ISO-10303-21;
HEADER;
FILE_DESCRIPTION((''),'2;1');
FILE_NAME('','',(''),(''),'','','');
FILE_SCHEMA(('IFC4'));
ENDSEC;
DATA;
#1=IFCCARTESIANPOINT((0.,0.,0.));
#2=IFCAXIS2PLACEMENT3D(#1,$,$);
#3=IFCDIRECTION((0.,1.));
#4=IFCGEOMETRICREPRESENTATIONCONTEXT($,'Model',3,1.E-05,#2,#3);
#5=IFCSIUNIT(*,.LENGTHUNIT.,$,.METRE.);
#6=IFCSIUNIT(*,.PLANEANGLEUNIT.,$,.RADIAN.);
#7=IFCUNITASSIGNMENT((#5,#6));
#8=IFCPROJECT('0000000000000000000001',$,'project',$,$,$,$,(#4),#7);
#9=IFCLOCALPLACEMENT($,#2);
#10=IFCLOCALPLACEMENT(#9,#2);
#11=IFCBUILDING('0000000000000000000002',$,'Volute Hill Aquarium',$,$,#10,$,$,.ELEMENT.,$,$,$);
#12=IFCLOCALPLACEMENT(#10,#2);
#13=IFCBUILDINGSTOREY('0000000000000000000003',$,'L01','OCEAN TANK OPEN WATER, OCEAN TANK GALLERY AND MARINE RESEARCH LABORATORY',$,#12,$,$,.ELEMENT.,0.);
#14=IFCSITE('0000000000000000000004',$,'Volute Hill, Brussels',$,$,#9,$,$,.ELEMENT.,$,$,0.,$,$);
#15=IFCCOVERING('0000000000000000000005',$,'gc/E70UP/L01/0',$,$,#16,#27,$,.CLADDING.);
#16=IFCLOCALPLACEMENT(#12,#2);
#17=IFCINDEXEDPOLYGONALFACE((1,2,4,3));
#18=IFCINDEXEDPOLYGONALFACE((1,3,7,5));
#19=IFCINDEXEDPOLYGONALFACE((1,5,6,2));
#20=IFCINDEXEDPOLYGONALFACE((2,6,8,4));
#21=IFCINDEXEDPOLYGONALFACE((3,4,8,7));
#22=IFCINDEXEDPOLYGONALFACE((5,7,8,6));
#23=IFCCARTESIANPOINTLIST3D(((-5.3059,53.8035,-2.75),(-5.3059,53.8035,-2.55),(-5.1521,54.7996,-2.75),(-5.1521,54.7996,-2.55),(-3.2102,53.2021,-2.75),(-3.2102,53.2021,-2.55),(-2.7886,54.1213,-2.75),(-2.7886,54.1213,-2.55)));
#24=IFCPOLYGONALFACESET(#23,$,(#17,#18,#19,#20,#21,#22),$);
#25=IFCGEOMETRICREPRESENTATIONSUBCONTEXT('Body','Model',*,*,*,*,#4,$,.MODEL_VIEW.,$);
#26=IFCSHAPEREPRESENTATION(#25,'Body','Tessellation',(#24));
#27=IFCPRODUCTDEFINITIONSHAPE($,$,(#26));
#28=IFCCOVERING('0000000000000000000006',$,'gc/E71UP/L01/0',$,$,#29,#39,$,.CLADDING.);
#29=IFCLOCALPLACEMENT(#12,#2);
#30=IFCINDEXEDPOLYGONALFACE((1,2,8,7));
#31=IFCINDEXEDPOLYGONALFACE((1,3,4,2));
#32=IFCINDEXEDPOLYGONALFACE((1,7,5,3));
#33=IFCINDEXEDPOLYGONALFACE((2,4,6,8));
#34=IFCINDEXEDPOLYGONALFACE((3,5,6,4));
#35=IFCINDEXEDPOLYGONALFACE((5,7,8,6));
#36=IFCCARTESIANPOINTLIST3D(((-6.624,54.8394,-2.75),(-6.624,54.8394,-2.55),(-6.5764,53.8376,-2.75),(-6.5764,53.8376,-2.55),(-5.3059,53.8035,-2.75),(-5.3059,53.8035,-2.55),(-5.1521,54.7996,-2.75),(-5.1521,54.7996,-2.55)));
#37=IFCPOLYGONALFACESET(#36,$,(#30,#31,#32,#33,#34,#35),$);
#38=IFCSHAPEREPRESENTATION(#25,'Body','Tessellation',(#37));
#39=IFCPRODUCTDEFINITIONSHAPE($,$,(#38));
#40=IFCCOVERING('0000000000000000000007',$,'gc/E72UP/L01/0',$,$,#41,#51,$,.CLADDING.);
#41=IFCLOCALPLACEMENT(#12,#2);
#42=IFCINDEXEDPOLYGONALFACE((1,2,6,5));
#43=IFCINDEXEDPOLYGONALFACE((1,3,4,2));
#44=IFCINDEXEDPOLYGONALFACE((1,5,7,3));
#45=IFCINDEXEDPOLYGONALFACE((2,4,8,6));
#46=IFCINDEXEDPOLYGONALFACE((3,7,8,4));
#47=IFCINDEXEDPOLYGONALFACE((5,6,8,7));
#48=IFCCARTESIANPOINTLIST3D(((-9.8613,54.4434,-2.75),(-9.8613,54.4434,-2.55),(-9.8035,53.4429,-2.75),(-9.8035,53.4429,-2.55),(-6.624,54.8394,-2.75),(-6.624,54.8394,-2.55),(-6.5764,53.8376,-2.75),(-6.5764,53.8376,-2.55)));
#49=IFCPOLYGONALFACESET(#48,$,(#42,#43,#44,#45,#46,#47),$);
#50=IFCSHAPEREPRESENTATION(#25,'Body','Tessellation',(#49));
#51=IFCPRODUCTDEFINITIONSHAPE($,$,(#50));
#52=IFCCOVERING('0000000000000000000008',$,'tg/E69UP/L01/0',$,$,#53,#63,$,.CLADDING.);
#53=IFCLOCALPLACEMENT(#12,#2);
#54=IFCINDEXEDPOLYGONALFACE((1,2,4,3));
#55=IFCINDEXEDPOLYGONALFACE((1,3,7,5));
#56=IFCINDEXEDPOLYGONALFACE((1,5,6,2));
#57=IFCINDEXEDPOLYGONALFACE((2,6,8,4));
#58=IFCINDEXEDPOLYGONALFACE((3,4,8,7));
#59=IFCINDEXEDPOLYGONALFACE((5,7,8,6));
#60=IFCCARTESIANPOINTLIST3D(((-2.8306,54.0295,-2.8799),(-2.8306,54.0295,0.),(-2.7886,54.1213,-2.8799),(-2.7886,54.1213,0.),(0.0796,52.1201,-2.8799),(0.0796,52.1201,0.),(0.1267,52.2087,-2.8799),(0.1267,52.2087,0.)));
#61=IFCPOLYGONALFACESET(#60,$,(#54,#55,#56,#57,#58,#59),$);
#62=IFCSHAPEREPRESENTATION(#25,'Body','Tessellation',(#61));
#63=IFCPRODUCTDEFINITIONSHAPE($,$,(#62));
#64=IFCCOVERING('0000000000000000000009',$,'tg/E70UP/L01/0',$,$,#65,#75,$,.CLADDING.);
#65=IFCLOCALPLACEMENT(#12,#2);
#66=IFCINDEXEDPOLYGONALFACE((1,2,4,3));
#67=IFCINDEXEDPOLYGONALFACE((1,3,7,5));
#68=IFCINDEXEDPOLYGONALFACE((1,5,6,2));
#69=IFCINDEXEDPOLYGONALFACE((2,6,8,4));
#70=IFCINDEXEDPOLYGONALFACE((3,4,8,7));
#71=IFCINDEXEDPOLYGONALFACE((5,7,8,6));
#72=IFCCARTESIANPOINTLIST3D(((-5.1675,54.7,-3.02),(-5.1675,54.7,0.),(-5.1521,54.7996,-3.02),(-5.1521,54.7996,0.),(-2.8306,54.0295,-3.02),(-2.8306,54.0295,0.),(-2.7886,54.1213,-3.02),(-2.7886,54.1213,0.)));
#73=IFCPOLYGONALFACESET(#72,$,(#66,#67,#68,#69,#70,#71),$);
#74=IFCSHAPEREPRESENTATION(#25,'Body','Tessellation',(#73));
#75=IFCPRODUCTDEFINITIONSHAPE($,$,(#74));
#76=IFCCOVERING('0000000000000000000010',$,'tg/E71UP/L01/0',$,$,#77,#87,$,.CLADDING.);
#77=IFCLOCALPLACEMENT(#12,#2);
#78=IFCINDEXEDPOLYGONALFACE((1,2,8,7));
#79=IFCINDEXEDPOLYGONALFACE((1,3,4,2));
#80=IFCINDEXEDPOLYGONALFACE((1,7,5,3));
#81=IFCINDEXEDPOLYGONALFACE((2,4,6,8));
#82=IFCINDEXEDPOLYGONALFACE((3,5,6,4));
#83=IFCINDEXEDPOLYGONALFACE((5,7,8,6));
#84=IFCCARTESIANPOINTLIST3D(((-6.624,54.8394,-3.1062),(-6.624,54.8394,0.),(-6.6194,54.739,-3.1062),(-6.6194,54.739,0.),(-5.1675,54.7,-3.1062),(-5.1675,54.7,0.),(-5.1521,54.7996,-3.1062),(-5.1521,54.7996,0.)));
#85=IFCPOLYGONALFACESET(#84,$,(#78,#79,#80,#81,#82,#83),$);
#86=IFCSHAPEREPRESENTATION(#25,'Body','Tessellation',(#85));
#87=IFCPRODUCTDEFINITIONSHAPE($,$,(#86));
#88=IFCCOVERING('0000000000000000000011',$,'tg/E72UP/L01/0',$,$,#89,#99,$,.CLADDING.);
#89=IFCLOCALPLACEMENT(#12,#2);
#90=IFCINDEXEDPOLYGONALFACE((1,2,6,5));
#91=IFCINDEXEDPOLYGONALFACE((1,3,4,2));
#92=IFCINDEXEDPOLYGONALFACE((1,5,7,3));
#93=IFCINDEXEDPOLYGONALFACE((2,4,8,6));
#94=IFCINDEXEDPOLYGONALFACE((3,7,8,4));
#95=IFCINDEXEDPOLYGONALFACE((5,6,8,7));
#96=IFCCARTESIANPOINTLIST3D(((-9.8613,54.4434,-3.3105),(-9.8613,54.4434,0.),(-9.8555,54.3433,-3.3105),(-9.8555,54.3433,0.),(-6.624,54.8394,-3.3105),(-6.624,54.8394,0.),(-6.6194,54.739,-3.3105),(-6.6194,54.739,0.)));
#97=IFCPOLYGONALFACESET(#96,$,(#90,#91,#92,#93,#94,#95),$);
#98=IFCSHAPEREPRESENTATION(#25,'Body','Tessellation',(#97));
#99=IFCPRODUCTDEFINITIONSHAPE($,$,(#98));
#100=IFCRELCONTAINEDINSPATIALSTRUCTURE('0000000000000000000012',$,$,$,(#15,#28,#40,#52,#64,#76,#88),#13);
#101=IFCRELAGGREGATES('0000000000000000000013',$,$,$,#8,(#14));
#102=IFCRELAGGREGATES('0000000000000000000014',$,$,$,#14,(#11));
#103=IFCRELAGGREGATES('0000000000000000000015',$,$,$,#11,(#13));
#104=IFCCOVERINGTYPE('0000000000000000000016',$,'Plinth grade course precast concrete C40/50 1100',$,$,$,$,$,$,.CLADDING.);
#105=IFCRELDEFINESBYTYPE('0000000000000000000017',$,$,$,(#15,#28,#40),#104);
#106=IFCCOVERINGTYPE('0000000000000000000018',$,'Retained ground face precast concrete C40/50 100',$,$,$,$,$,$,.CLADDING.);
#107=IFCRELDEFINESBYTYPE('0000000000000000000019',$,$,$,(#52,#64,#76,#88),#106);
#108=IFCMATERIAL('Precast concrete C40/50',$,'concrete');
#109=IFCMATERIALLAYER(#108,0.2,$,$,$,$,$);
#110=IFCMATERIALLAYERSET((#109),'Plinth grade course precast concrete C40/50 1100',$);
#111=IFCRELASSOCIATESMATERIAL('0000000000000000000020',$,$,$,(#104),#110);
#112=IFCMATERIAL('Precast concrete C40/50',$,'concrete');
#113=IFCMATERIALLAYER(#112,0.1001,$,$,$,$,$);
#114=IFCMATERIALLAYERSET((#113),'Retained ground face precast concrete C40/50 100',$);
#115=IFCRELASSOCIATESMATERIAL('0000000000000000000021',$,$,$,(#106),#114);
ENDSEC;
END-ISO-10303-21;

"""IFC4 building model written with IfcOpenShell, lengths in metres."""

from ifc_helpers import new_model, si_unit, direction, frame, origin, place, context, subcontext, project, spatial, polyline, outline, extrude, material, layer, layer_set, type_object, element, save


model = new_model("IFC4")

# Units and contexts
model_context = context("Model", 3, precision=1e-05, world=origin(), true_north=direction((0.0, 1.0)))
body_context = subcontext(model_context, "Body", "Model", "MODEL_VIEW")
ifc_project = project(units=[si_unit("LENGTHUNIT", "METRE"), si_unit("PLANEANGLEUNIT", "RADIAN")], contexts=[model_context])

# Site, building, storey
site_placement = place(None, origin())
site = spatial("IfcSite", under=ifc_project, at=site_placement, Name="Volute Hill, Brussels", CompositionType="ELEMENT", RefElevation=0.0)
building_placement = place(site_placement, origin())
building = spatial("IfcBuilding", under=site, at=building_placement, Name="Volute Hill Aquarium", CompositionType="ELEMENT")
storey_placement = place(building_placement, origin())
storey = spatial("IfcBuildingStorey", under=building, at=storey_placement, Name="L01", Description="OCEAN TANK OPEN WATER, OCEAN TANK GALLERY AND MARINE RESEARCH LABORATORY", CompositionType="ELEMENT", Elevation=0.0)

# Coverings
ifc_material_1 = material(Name="Precast concrete C40/50", Category="concrete")
ifc_layer_1 = layer(ifc_material_1, 0.2)
ifc_layer_set_1 = layer_set([ifc_layer_1], Name="Plinth grade course precast concrete C40/50 1100")
covering_type_1 = type_object("IfcCoveringType", Name="Plinth grade course precast concrete C40/50 1100", PredefinedType="CLADDING", material=ifc_layer_set_1)
covering_1_placement = place(storey_placement, frame((0.0, 0.0, -2.75)))
element("IfcCovering", 1, at=covering_1_placement, inside=storey, type_object=covering_type_1, Name="gc/E70UP/L01/0", PredefinedType="CLADDING", context=body_context, shape_type="SweptSolid", body=[
    extrude(outline(polyline([(-2.7886, 54.1213), (-5.1521, 54.7996), (-5.3059, 53.8035), (-5.3059, 53.8035), (-3.2102, 53.2021), (-3.2102, 53.2021), (-2.7886, 54.1213), (-2.7886, 54.1213)])), origin(), (0.0, 0.0, 1.0), 0.2),
])
covering_2_placement = place(storey_placement, frame((0.0, 0.0, -2.75)))
element("IfcCovering", 2, at=covering_2_placement, inside=storey, type_object=covering_type_1, Name="gc/E71UP/L01/0", PredefinedType="CLADDING", context=body_context, shape_type="SweptSolid", body=[
    extrude(outline(polyline([(-6.624, 54.8394), (-6.624, 54.8394), (-6.5764, 53.8376), (-5.3059, 53.8035), (-5.1521, 54.7996), (-5.1521, 54.7996), (-6.624, 54.8394)])), origin(), (0.0, 0.0, 1.0), 0.2),
])
covering_3_placement = place(storey_placement, frame((0.0, 0.0, -2.75)))
element("IfcCovering", 3, at=covering_3_placement, inside=storey, type_object=covering_type_1, Name="gc/E72UP/L01/0", PredefinedType="CLADDING", context=body_context, shape_type="SweptSolid", body=[
    extrude(outline(polyline([(-9.8613, 54.4434), (-9.8613, 54.4434), (-9.8035, 53.4429), (-6.5764, 53.8376), (-6.5764, 53.8376), (-6.624, 54.8394), (-9.8613, 54.4434)])), origin(), (0.0, 0.0, 1.0), 0.2),
])
ifc_material_2 = material(Name="Precast concrete C40/50", Category="concrete")
ifc_layer_2 = layer(ifc_material_2, 0.1001)
ifc_layer_set_2 = layer_set([ifc_layer_2], Name="Retained ground face precast concrete C40/50 100")
covering_type_2 = type_object("IfcCoveringType", Name="Retained ground face precast concrete C40/50 100", PredefinedType="CLADDING", material=ifc_layer_set_2)
covering_4_placement = place(storey_placement, frame((0.0, 0.0, -2.8799)))
element("IfcCovering", 4, at=covering_4_placement, inside=storey, type_object=covering_type_2, Name="tg/E69UP/L01/0", PredefinedType="CLADDING", context=body_context, shape_type="SweptSolid", body=[
    extrude(outline(polyline([(0.1267, 52.2087), (-2.7886, 54.1213), (-2.8306, 54.0295), (0.0796, 52.1201), (0.0796, 52.1201), (0.1267, 52.2087)])), origin(), (0.0, 0.0, 1.0), 2.8799),
])
covering_5_placement = place(storey_placement, frame((0.0, 0.0, -3.02)))
element("IfcCovering", 5, at=covering_5_placement, inside=storey, type_object=covering_type_2, Name="tg/E70UP/L01/0", PredefinedType="CLADDING", context=body_context, shape_type="SweptSolid", body=[
    extrude(outline(polyline([(-2.7886, 54.1213), (-5.1521, 54.7996), (-5.1675, 54.7), (-5.1675, 54.7), (-2.8306, 54.0295), (-2.8306, 54.0295), (-2.7886, 54.1213), (-2.7886, 54.1213)])), origin(), (0.0, 0.0, 1.0), 3.02),
])
covering_6_placement = place(storey_placement, frame((0.0, 0.0, -3.1062)))
element("IfcCovering", 6, at=covering_6_placement, inside=storey, type_object=covering_type_2, Name="tg/E71UP/L01/0", PredefinedType="CLADDING", context=body_context, shape_type="SweptSolid", body=[
    extrude(outline(polyline([(-6.624, 54.8394), (-6.624, 54.8394), (-6.6194, 54.739), (-5.1675, 54.7), (-5.1521, 54.7996), (-5.1521, 54.7996), (-6.624, 54.8394)])), origin(), (0.0, 0.0, 1.0), 3.1062),
])
covering_7_placement = place(storey_placement, frame((0.0, 0.0, -3.3105)))
element("IfcCovering", 7, at=covering_7_placement, inside=storey, type_object=covering_type_2, Name="tg/E72UP/L01/0", PredefinedType="CLADDING", context=body_context, shape_type="SweptSolid", body=[
    extrude(outline(polyline([(-9.8613, 54.4434), (-9.8613, 54.4434), (-9.8555, 54.3433), (-6.6194, 54.739), (-6.6194, 54.739), (-6.624, 54.8394), (-9.8613, 54.4434)])), origin(), (0.0, 0.0, 1.0), 3.3105),
])

save(model, "model.ifc")
